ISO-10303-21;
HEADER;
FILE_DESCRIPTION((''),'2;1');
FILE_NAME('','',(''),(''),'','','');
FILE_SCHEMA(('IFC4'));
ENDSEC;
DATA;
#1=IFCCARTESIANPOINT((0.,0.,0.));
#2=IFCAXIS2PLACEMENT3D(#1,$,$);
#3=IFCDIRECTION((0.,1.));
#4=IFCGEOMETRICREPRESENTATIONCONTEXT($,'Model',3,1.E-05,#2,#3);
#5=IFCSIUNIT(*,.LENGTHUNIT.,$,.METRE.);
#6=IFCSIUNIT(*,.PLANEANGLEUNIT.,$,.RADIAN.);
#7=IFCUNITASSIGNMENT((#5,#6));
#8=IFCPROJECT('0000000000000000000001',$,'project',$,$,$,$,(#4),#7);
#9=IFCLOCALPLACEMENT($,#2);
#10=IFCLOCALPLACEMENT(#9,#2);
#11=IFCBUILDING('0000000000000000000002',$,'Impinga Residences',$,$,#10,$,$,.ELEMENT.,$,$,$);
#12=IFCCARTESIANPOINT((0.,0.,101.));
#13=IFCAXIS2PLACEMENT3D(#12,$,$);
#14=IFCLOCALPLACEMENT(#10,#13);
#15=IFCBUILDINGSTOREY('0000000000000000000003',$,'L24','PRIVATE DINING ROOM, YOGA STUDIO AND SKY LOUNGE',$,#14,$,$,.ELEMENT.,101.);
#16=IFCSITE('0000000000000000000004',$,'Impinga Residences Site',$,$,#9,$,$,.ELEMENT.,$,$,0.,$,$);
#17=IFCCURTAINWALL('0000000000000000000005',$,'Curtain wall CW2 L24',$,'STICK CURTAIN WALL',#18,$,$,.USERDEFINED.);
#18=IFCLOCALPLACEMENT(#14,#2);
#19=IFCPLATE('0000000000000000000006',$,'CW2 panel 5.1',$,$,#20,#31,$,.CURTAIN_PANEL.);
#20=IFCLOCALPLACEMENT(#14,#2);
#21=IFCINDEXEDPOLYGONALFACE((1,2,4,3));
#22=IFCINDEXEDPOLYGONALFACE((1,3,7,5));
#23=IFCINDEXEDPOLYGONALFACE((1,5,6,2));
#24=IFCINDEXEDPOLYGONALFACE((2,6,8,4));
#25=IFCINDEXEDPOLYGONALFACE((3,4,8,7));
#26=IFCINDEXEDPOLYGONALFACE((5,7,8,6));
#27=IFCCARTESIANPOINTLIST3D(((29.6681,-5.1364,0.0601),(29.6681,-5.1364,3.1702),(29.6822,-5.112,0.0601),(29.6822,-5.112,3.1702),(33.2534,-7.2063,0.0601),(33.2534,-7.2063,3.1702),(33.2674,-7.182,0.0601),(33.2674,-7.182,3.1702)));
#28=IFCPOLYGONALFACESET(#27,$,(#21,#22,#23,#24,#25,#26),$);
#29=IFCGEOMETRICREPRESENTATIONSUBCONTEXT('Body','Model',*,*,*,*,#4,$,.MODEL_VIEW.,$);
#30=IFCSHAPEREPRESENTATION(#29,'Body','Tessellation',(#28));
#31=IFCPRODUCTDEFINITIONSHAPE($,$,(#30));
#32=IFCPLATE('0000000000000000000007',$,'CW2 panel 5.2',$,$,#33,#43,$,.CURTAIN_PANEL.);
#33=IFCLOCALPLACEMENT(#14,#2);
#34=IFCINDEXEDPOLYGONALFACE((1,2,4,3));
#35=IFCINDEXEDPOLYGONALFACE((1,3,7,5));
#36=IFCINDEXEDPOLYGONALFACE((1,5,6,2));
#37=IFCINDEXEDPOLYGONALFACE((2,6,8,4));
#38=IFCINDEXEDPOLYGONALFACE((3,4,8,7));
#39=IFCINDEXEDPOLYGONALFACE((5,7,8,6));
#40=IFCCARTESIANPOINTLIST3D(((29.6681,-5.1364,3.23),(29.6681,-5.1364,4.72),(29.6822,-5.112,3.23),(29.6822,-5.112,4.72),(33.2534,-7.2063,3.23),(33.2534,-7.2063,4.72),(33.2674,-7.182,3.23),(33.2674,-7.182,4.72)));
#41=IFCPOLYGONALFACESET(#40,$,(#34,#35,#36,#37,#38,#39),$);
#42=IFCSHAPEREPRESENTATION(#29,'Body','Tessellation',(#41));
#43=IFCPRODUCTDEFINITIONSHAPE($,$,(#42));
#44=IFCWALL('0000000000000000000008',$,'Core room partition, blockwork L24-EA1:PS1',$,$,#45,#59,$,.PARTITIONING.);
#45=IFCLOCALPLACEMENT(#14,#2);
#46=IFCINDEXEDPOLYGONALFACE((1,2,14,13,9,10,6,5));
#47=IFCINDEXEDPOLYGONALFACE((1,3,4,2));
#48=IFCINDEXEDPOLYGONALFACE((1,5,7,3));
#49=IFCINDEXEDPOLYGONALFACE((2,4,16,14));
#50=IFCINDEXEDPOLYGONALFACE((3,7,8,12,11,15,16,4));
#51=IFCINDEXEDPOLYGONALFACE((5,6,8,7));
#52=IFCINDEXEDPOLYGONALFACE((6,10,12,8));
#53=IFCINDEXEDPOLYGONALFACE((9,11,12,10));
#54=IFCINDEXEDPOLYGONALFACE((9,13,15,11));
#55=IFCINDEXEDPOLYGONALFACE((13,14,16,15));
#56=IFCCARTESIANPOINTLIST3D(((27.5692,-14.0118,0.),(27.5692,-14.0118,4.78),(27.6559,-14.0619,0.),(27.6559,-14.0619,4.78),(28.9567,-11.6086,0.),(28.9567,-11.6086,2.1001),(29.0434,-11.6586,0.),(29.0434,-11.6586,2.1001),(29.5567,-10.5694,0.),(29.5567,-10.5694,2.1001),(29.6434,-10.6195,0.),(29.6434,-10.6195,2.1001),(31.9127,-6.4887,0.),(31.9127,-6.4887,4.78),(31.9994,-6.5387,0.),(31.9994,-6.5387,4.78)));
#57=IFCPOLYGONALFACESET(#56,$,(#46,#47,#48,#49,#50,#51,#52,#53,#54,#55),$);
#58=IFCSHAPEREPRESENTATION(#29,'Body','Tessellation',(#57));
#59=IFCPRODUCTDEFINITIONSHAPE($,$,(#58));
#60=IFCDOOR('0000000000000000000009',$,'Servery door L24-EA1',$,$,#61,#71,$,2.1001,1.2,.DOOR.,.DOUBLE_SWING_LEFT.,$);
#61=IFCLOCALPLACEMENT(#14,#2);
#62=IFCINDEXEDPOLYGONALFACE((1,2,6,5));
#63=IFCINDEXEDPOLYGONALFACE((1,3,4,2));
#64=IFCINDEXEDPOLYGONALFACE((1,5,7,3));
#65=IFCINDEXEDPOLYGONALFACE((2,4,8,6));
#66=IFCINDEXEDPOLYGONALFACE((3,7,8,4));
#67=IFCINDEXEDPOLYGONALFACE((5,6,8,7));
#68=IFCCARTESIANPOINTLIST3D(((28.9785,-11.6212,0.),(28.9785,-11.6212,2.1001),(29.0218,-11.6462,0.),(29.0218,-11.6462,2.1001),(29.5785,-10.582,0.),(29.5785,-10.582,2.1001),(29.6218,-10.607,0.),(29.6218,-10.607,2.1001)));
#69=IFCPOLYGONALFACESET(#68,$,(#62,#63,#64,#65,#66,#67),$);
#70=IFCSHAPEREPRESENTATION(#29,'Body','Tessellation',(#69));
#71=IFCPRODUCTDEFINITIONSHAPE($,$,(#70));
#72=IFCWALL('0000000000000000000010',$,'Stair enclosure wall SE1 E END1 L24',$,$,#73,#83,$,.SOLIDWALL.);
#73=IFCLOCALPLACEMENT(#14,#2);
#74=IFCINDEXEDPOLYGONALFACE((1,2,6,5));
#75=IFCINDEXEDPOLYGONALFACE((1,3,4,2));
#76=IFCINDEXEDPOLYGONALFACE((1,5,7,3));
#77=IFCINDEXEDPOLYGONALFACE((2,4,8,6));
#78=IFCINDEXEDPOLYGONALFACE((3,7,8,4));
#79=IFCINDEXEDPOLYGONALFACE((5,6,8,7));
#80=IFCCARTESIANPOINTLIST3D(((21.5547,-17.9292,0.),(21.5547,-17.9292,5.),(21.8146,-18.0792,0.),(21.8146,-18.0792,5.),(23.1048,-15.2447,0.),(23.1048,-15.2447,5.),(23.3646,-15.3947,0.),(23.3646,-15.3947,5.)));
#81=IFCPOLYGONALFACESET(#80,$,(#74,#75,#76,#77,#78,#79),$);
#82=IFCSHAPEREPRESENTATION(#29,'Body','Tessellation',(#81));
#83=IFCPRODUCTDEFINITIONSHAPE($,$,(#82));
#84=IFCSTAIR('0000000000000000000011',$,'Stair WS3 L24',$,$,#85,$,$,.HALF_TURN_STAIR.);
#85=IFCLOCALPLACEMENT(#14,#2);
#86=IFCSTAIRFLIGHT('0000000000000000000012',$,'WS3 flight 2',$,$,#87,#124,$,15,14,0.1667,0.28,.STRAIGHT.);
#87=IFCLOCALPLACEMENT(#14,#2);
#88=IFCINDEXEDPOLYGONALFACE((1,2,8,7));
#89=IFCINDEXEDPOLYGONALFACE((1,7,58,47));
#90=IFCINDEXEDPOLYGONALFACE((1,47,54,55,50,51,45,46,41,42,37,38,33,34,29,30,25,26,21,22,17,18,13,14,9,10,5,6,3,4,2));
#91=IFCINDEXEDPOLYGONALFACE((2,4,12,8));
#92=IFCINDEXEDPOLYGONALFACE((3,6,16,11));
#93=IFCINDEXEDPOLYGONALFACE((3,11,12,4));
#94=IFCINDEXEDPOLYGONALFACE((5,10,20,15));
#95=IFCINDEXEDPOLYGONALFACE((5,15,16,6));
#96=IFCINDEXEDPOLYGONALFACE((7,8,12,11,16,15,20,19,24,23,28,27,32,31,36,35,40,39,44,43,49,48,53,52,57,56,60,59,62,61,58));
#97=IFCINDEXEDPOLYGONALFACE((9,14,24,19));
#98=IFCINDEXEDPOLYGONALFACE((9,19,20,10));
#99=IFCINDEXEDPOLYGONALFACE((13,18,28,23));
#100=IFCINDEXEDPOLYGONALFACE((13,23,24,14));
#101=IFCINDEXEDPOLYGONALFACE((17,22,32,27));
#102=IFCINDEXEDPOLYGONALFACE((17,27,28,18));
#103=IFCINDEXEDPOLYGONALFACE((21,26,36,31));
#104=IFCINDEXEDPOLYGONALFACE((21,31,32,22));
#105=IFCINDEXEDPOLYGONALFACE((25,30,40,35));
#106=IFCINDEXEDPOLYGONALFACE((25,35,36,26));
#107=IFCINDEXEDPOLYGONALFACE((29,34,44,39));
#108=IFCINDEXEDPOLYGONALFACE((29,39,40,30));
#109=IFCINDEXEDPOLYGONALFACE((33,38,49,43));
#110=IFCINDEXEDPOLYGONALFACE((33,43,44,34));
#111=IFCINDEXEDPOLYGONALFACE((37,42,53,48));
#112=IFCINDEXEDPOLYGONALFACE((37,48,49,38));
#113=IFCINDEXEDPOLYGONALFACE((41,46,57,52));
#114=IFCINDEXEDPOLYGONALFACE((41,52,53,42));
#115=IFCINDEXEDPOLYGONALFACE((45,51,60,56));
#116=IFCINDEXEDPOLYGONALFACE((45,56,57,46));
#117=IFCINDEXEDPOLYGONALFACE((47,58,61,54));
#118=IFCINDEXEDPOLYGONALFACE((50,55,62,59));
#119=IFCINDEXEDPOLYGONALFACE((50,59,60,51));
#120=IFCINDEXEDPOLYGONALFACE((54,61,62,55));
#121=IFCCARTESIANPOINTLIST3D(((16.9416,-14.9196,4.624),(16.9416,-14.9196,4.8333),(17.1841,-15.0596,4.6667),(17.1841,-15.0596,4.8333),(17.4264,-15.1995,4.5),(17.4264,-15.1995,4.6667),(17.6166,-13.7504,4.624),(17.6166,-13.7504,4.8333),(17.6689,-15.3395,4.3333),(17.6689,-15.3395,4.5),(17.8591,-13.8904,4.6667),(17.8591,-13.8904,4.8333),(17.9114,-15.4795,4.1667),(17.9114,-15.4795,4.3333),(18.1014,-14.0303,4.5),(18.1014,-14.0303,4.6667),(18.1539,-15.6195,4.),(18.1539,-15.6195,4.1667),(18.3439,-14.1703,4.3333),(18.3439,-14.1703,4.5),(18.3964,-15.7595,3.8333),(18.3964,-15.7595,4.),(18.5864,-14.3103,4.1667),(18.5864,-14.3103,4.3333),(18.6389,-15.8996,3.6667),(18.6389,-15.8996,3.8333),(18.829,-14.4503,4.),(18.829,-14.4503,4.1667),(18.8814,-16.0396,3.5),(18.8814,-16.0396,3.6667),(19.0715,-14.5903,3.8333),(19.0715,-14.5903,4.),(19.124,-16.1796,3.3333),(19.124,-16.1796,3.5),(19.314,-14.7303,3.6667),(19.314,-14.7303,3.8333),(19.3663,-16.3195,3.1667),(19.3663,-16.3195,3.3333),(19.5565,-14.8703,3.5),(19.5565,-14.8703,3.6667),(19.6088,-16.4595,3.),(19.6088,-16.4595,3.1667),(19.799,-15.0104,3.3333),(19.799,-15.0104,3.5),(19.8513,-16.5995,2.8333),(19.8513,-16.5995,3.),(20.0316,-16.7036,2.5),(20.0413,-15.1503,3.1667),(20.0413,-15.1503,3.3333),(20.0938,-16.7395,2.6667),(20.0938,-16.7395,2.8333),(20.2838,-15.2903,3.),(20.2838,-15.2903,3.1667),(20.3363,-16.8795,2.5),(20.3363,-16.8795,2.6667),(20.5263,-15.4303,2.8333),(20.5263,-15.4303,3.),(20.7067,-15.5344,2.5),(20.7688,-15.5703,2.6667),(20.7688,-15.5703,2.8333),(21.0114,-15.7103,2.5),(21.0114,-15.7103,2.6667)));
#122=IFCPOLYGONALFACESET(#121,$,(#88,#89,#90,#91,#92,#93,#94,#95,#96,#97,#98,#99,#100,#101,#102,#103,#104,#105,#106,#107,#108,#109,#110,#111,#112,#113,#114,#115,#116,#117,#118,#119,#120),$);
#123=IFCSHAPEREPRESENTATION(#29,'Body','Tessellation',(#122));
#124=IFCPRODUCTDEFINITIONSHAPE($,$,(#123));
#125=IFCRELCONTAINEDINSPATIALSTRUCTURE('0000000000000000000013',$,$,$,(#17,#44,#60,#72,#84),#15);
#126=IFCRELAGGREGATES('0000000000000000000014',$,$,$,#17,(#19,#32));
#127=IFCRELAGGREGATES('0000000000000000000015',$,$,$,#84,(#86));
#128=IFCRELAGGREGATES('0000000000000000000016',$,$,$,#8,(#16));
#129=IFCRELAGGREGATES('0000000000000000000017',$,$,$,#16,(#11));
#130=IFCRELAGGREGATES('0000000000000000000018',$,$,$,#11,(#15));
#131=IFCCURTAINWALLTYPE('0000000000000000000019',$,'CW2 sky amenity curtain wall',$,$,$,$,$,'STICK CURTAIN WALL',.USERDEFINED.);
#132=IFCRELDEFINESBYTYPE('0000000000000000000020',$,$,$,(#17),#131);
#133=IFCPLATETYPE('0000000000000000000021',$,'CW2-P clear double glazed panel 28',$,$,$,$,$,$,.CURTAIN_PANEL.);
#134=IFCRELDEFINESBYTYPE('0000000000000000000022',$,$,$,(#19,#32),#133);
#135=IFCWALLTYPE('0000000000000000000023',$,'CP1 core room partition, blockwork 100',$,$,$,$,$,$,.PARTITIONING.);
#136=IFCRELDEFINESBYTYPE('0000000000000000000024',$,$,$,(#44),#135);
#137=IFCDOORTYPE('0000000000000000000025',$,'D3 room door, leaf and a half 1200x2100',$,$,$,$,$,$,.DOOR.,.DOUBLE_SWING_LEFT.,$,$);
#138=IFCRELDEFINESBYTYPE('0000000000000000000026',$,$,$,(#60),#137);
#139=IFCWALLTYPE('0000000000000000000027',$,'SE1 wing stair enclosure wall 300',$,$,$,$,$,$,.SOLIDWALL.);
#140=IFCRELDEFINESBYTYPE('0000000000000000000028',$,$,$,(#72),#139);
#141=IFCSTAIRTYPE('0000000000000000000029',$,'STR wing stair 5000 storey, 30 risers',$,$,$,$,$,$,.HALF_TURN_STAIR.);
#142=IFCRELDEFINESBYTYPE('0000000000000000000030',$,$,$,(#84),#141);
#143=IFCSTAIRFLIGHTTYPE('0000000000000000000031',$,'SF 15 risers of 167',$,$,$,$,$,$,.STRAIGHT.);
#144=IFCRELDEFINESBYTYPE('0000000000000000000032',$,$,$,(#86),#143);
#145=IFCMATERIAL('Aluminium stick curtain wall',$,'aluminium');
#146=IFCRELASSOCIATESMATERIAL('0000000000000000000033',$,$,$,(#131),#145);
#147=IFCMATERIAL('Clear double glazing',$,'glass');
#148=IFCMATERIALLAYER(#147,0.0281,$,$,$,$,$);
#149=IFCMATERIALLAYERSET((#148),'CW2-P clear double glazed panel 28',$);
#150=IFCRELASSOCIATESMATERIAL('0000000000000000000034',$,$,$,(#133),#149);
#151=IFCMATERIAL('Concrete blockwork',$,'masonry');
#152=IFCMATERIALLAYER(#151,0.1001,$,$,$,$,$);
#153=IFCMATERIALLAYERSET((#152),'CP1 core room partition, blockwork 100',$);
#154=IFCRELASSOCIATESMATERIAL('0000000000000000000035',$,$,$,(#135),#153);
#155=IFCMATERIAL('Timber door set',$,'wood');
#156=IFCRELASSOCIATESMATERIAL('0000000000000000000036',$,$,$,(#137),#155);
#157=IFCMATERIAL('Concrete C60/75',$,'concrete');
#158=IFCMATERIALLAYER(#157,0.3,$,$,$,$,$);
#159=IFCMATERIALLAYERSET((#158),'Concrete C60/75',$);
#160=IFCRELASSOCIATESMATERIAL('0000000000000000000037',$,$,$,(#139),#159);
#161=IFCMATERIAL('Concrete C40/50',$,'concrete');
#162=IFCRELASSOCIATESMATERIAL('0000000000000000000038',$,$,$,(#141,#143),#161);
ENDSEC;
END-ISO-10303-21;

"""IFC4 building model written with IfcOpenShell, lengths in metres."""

from ifc_helpers import new_model, si_unit, direction, frame, frame_2d, origin, origin_2d, place, context, subcontext, project, spatial, polyline, rectangle, outline, extrude, material, layer, layer_set, type_object, element, fill, aggregate, save


model = new_model("IFC4")

# Units and contexts
model_context = context("Model", 3, precision=1e-05, world=origin(), true_north=direction((0.0, 1.0)))
body_context = subcontext(model_context, "Body", "Model", "MODEL_VIEW")
ifc_project = project(units=[si_unit("LENGTHUNIT", "METRE"), si_unit("PLANEANGLEUNIT", "RADIAN")], contexts=[model_context])

# Site, building, storey
site_placement = place(None, origin())
site = spatial("IfcSite", under=ifc_project, at=site_placement, Name="Impinga Residences Site", CompositionType="ELEMENT", RefElevation=0.0)
building_placement = place(site_placement, origin())
building = spatial("IfcBuilding", under=site, at=building_placement, Name="Impinga Residences", CompositionType="ELEMENT")
storey_placement = place(building_placement, frame((0.0, 0.0, 101.0)))
storey = spatial("IfcBuildingStorey", under=building, at=storey_placement, Name="L24", Description="PRIVATE DINING ROOM, YOGA STUDIO AND SKY LOUNGE", CompositionType="ELEMENT", Elevation=101.0)

# Shared definitions
ifc_material_1 = material(Name="Concrete C60/75", Category="concrete")

# Curtain wall
ifc_material_2 = material(Name="Aluminium stick curtain wall", Category="aluminium")
curtain_wall_type = type_object("IfcCurtainWallType", Name="CW2 sky amenity curtain wall", ElementType="STICK CURTAIN WALL", PredefinedType="USERDEFINED", material=ifc_material_2)
curtain_wall_1_placement = place(storey_placement, origin())
curtain_wall_1 = element("IfcCurtainWall", 1, at=curtain_wall_1_placement, inside=storey, type_object=curtain_wall_type, Name="Curtain wall CW2 L24", ObjectType="STICK CURTAIN WALL", PredefinedType="USERDEFINED")

# Plates
ifc_material_3 = material(Name="Clear double glazing", Category="glass")
ifc_layer_1 = layer(ifc_material_3, 0.0281)
ifc_layer_set_1 = layer_set([ifc_layer_1], Name="CW2-P clear double glazed panel 28")
plate_type = type_object("IfcPlateType", Name="CW2-P clear double glazed panel 28", PredefinedType="CURTAIN_PANEL", material=ifc_layer_set_1)
plate_1_placement = place(storey_placement, frame((31.4678, -6.1592, 0.0601), z_axis=(0.0, 0.0, 1.0), x_axis=(0.866025, -0.5, 0.0)))
plate_1 = element("IfcPlate", 2, at=plate_1_placement, type_object=plate_type, Name="CW2 panel 5.1", PredefinedType="CURTAIN_PANEL", context=body_context, shape_type="SweptSolid", body=[
    extrude(rectangle(XDim=4.1399, YDim=0.0281, at=origin_2d()), origin(), (0.0, 0.0, 1.0), 3.1101),
])
plate_2_placement = place(storey_placement, frame((31.4678, -6.1592, 3.23), z_axis=(0.0, 0.0, 1.0), x_axis=(0.866025, -0.5, 0.0)))
plate_2 = element("IfcPlate", 3, at=plate_2_placement, type_object=plate_type, Name="CW2 panel 5.2", PredefinedType="CURTAIN_PANEL", context=body_context, shape_type="SweptSolid", body=[
    extrude(rectangle(XDim=4.1399, YDim=0.0281, at=origin_2d()), origin(), (0.0, 0.0, 1.0), 1.49),
])
aggregate(curtain_wall_1, [plate_1, plate_2])

# Wall, opening, door
ifc_material_4 = material(Name="Concrete blockwork", Category="masonry")
ifc_layer_2 = layer(ifc_material_4, 0.1001)
ifc_layer_set_2 = layer_set([ifc_layer_2], Name="CP1 core room partition, blockwork 100")
wall_type_1 = type_object("IfcWallType", Name="CP1 core room partition, blockwork 100", PredefinedType="PARTITIONING", material=ifc_layer_set_2)
wall_1_placement = place(storey_placement, frame((27.6125, -14.0369, 0.0), z_axis=(0.0, 0.0, 1.0), x_axis=(0.499999, 0.866026, 0.0)))
wall_1 = element("IfcWall", 4, at=wall_1_placement, inside=storey, type_object=wall_type_1, Name="Core room partition, blockwork L24-EA1:PS1", PredefinedType="PARTITIONING", context=body_context, shape_type="SweptSolid", body=[
    extrude(rectangle(XDim=8.687, YDim=0.1001, at=frame_2d((4.3435, 0.0))), origin(), (0.0, 0.0, 1.0), 4.78),
])
opening_placement = place(wall_1_placement, frame((2.7749, 0.0, 0.0)))
opening = element("IfcOpeningElement", 5, at=opening_placement, cuts=wall_1, PredefinedType="OPENING", context=body_context, shape_type="SweptSolid", body=[
    extrude(rectangle(XDim=1.2, YDim=2.1001, at=frame_2d((0.6001, 1.05))), frame((0.0, 0.0601, 0.0), z_axis=(0.0, -1.0, 0.0), x_axis=(1.0, 0.0, 0.0)), (0.0, 0.0, 1.0), 0.1201),
])
ifc_material_5 = material(Name="Timber door set", Category="wood")
door_type = type_object("IfcDoorType", Name="D3 room door, leaf and a half 1200x2100", OperationType="DOUBLE_SWING_LEFT", PredefinedType="DOOR", material=ifc_material_5)
door_placement = place(opening_placement, origin())
door = element("IfcDoor", 6, at=door_placement, inside=storey, type_object=door_type, Name="Servery door L24-EA1", OperationType="DOUBLE_SWING_LEFT", OverallHeight=2.1001, OverallWidth=1.2, PredefinedType="DOOR", context=body_context, shape_type="SweptSolid", body=[
    extrude(rectangle(XDim=1.2, YDim=2.1001, at=frame_2d((0.6001, 1.05))), frame((0.0, 0.0249, 0.0), z_axis=(0.0, -1.0, 0.0), x_axis=(1.0, 0.0, 0.0)), (0.0, 0.0, 1.0), 0.05),
])
fill(opening, door)

# Wall
ifc_layer_3 = layer(ifc_material_1, 0.3)
ifc_layer_set_3 = layer_set([ifc_layer_3], Name="Concrete C60/75")
wall_type_2 = type_object("IfcWallType", Name="SE1 wing stair enclosure wall 300", PredefinedType="SOLIDWALL", material=ifc_layer_set_3)
wall_2_placement = place(storey_placement, frame((23.2346, -15.3198, 0.0), z_axis=(0.0, 0.0, 1.0), x_axis=(-0.500027, -0.86601, 0.0)))
element("IfcWall", 7, at=wall_2_placement, inside=storey, type_object=wall_type_2, Name="Stair enclosure wall SE1 E END1 L24", PredefinedType="SOLIDWALL", context=body_context, shape_type="SweptSolid", body=[
    extrude(rectangle(XDim=3.0999, YDim=0.3, at=frame_2d((1.5498, 0.0))), origin(), (0.0, 0.0, 1.0), 5.0),
])

# Stair, stair flight
ifc_material_6 = material(Name="Concrete C40/50", Category="concrete")
stair_type = type_object("IfcStairType", Name="STR wing stair 5000 storey, 30 risers", PredefinedType="HALF_TURN_STAIR", material=ifc_material_6)
stair_placement = place(storey_placement, origin())
stair = element("IfcStair", 8, at=stair_placement, inside=storey, type_object=stair_type, Name="Stair WS3 L24", PredefinedType="HALF_TURN_STAIR")
stair_flight_type = type_object("IfcStairFlightType", Name="SF 15 risers of 167", PredefinedType="STRAIGHT", material=ifc_material_6)
stair_flight_placement = place(storey_placement, frame((20.6738, -16.2949, 2.5), z_axis=(0.0, 0.0, 1.0), x_axis=(-0.866025, 0.5, 0.0)))
stair_flight = element("IfcStairFlight", 9, at=stair_flight_placement, type_object=stair_flight_type, Name="WS3 flight 2", NumberOfRisers=15, NumberOfTreads=14, PredefinedType="STRAIGHT", RiserHeight=0.1667, TreadLength=0.28, context=body_context, shape_type="SweptSolid", body=[
    extrude(outline(polyline([(0.0, 0.0), (0.0, 0.1667), (0.28, 0.1667), (0.28, 0.3333), (0.5601, 0.3333), (0.5601, 0.5), (0.8401, 0.5), (0.8401, 0.6667), (1.1201, 0.6667), (1.1201, 0.8333), (1.3999, 0.8333), (1.3999, 1.0), (1.6799, 1.0), (1.6799, 1.1667), (1.96, 1.1667), (1.96, 1.3333), (2.24, 1.3333), (2.24, 1.5), (2.52, 1.5), (2.52, 1.6667), (2.8, 1.6667), (2.8, 1.8333), (3.0801, 1.8333), (3.0801, 2.0), (3.3601, 2.0), (3.3601, 2.1667), (3.6399, 2.1667), (3.6399, 2.3333), (3.9199, 2.3333), (3.9199, 2.5), (3.9199, 2.124), (0.3518, 0.0), (0.0, 0.0)])), frame((0.0, 0.675, 0.0), z_axis=(0.0, -1.0, 0.0), x_axis=(1.0, 0.0, 0.0)), (0.0, 0.0, 1.0), 1.3501),
])
aggregate(stair, [stair_flight])

save(model, "model.ifc")
